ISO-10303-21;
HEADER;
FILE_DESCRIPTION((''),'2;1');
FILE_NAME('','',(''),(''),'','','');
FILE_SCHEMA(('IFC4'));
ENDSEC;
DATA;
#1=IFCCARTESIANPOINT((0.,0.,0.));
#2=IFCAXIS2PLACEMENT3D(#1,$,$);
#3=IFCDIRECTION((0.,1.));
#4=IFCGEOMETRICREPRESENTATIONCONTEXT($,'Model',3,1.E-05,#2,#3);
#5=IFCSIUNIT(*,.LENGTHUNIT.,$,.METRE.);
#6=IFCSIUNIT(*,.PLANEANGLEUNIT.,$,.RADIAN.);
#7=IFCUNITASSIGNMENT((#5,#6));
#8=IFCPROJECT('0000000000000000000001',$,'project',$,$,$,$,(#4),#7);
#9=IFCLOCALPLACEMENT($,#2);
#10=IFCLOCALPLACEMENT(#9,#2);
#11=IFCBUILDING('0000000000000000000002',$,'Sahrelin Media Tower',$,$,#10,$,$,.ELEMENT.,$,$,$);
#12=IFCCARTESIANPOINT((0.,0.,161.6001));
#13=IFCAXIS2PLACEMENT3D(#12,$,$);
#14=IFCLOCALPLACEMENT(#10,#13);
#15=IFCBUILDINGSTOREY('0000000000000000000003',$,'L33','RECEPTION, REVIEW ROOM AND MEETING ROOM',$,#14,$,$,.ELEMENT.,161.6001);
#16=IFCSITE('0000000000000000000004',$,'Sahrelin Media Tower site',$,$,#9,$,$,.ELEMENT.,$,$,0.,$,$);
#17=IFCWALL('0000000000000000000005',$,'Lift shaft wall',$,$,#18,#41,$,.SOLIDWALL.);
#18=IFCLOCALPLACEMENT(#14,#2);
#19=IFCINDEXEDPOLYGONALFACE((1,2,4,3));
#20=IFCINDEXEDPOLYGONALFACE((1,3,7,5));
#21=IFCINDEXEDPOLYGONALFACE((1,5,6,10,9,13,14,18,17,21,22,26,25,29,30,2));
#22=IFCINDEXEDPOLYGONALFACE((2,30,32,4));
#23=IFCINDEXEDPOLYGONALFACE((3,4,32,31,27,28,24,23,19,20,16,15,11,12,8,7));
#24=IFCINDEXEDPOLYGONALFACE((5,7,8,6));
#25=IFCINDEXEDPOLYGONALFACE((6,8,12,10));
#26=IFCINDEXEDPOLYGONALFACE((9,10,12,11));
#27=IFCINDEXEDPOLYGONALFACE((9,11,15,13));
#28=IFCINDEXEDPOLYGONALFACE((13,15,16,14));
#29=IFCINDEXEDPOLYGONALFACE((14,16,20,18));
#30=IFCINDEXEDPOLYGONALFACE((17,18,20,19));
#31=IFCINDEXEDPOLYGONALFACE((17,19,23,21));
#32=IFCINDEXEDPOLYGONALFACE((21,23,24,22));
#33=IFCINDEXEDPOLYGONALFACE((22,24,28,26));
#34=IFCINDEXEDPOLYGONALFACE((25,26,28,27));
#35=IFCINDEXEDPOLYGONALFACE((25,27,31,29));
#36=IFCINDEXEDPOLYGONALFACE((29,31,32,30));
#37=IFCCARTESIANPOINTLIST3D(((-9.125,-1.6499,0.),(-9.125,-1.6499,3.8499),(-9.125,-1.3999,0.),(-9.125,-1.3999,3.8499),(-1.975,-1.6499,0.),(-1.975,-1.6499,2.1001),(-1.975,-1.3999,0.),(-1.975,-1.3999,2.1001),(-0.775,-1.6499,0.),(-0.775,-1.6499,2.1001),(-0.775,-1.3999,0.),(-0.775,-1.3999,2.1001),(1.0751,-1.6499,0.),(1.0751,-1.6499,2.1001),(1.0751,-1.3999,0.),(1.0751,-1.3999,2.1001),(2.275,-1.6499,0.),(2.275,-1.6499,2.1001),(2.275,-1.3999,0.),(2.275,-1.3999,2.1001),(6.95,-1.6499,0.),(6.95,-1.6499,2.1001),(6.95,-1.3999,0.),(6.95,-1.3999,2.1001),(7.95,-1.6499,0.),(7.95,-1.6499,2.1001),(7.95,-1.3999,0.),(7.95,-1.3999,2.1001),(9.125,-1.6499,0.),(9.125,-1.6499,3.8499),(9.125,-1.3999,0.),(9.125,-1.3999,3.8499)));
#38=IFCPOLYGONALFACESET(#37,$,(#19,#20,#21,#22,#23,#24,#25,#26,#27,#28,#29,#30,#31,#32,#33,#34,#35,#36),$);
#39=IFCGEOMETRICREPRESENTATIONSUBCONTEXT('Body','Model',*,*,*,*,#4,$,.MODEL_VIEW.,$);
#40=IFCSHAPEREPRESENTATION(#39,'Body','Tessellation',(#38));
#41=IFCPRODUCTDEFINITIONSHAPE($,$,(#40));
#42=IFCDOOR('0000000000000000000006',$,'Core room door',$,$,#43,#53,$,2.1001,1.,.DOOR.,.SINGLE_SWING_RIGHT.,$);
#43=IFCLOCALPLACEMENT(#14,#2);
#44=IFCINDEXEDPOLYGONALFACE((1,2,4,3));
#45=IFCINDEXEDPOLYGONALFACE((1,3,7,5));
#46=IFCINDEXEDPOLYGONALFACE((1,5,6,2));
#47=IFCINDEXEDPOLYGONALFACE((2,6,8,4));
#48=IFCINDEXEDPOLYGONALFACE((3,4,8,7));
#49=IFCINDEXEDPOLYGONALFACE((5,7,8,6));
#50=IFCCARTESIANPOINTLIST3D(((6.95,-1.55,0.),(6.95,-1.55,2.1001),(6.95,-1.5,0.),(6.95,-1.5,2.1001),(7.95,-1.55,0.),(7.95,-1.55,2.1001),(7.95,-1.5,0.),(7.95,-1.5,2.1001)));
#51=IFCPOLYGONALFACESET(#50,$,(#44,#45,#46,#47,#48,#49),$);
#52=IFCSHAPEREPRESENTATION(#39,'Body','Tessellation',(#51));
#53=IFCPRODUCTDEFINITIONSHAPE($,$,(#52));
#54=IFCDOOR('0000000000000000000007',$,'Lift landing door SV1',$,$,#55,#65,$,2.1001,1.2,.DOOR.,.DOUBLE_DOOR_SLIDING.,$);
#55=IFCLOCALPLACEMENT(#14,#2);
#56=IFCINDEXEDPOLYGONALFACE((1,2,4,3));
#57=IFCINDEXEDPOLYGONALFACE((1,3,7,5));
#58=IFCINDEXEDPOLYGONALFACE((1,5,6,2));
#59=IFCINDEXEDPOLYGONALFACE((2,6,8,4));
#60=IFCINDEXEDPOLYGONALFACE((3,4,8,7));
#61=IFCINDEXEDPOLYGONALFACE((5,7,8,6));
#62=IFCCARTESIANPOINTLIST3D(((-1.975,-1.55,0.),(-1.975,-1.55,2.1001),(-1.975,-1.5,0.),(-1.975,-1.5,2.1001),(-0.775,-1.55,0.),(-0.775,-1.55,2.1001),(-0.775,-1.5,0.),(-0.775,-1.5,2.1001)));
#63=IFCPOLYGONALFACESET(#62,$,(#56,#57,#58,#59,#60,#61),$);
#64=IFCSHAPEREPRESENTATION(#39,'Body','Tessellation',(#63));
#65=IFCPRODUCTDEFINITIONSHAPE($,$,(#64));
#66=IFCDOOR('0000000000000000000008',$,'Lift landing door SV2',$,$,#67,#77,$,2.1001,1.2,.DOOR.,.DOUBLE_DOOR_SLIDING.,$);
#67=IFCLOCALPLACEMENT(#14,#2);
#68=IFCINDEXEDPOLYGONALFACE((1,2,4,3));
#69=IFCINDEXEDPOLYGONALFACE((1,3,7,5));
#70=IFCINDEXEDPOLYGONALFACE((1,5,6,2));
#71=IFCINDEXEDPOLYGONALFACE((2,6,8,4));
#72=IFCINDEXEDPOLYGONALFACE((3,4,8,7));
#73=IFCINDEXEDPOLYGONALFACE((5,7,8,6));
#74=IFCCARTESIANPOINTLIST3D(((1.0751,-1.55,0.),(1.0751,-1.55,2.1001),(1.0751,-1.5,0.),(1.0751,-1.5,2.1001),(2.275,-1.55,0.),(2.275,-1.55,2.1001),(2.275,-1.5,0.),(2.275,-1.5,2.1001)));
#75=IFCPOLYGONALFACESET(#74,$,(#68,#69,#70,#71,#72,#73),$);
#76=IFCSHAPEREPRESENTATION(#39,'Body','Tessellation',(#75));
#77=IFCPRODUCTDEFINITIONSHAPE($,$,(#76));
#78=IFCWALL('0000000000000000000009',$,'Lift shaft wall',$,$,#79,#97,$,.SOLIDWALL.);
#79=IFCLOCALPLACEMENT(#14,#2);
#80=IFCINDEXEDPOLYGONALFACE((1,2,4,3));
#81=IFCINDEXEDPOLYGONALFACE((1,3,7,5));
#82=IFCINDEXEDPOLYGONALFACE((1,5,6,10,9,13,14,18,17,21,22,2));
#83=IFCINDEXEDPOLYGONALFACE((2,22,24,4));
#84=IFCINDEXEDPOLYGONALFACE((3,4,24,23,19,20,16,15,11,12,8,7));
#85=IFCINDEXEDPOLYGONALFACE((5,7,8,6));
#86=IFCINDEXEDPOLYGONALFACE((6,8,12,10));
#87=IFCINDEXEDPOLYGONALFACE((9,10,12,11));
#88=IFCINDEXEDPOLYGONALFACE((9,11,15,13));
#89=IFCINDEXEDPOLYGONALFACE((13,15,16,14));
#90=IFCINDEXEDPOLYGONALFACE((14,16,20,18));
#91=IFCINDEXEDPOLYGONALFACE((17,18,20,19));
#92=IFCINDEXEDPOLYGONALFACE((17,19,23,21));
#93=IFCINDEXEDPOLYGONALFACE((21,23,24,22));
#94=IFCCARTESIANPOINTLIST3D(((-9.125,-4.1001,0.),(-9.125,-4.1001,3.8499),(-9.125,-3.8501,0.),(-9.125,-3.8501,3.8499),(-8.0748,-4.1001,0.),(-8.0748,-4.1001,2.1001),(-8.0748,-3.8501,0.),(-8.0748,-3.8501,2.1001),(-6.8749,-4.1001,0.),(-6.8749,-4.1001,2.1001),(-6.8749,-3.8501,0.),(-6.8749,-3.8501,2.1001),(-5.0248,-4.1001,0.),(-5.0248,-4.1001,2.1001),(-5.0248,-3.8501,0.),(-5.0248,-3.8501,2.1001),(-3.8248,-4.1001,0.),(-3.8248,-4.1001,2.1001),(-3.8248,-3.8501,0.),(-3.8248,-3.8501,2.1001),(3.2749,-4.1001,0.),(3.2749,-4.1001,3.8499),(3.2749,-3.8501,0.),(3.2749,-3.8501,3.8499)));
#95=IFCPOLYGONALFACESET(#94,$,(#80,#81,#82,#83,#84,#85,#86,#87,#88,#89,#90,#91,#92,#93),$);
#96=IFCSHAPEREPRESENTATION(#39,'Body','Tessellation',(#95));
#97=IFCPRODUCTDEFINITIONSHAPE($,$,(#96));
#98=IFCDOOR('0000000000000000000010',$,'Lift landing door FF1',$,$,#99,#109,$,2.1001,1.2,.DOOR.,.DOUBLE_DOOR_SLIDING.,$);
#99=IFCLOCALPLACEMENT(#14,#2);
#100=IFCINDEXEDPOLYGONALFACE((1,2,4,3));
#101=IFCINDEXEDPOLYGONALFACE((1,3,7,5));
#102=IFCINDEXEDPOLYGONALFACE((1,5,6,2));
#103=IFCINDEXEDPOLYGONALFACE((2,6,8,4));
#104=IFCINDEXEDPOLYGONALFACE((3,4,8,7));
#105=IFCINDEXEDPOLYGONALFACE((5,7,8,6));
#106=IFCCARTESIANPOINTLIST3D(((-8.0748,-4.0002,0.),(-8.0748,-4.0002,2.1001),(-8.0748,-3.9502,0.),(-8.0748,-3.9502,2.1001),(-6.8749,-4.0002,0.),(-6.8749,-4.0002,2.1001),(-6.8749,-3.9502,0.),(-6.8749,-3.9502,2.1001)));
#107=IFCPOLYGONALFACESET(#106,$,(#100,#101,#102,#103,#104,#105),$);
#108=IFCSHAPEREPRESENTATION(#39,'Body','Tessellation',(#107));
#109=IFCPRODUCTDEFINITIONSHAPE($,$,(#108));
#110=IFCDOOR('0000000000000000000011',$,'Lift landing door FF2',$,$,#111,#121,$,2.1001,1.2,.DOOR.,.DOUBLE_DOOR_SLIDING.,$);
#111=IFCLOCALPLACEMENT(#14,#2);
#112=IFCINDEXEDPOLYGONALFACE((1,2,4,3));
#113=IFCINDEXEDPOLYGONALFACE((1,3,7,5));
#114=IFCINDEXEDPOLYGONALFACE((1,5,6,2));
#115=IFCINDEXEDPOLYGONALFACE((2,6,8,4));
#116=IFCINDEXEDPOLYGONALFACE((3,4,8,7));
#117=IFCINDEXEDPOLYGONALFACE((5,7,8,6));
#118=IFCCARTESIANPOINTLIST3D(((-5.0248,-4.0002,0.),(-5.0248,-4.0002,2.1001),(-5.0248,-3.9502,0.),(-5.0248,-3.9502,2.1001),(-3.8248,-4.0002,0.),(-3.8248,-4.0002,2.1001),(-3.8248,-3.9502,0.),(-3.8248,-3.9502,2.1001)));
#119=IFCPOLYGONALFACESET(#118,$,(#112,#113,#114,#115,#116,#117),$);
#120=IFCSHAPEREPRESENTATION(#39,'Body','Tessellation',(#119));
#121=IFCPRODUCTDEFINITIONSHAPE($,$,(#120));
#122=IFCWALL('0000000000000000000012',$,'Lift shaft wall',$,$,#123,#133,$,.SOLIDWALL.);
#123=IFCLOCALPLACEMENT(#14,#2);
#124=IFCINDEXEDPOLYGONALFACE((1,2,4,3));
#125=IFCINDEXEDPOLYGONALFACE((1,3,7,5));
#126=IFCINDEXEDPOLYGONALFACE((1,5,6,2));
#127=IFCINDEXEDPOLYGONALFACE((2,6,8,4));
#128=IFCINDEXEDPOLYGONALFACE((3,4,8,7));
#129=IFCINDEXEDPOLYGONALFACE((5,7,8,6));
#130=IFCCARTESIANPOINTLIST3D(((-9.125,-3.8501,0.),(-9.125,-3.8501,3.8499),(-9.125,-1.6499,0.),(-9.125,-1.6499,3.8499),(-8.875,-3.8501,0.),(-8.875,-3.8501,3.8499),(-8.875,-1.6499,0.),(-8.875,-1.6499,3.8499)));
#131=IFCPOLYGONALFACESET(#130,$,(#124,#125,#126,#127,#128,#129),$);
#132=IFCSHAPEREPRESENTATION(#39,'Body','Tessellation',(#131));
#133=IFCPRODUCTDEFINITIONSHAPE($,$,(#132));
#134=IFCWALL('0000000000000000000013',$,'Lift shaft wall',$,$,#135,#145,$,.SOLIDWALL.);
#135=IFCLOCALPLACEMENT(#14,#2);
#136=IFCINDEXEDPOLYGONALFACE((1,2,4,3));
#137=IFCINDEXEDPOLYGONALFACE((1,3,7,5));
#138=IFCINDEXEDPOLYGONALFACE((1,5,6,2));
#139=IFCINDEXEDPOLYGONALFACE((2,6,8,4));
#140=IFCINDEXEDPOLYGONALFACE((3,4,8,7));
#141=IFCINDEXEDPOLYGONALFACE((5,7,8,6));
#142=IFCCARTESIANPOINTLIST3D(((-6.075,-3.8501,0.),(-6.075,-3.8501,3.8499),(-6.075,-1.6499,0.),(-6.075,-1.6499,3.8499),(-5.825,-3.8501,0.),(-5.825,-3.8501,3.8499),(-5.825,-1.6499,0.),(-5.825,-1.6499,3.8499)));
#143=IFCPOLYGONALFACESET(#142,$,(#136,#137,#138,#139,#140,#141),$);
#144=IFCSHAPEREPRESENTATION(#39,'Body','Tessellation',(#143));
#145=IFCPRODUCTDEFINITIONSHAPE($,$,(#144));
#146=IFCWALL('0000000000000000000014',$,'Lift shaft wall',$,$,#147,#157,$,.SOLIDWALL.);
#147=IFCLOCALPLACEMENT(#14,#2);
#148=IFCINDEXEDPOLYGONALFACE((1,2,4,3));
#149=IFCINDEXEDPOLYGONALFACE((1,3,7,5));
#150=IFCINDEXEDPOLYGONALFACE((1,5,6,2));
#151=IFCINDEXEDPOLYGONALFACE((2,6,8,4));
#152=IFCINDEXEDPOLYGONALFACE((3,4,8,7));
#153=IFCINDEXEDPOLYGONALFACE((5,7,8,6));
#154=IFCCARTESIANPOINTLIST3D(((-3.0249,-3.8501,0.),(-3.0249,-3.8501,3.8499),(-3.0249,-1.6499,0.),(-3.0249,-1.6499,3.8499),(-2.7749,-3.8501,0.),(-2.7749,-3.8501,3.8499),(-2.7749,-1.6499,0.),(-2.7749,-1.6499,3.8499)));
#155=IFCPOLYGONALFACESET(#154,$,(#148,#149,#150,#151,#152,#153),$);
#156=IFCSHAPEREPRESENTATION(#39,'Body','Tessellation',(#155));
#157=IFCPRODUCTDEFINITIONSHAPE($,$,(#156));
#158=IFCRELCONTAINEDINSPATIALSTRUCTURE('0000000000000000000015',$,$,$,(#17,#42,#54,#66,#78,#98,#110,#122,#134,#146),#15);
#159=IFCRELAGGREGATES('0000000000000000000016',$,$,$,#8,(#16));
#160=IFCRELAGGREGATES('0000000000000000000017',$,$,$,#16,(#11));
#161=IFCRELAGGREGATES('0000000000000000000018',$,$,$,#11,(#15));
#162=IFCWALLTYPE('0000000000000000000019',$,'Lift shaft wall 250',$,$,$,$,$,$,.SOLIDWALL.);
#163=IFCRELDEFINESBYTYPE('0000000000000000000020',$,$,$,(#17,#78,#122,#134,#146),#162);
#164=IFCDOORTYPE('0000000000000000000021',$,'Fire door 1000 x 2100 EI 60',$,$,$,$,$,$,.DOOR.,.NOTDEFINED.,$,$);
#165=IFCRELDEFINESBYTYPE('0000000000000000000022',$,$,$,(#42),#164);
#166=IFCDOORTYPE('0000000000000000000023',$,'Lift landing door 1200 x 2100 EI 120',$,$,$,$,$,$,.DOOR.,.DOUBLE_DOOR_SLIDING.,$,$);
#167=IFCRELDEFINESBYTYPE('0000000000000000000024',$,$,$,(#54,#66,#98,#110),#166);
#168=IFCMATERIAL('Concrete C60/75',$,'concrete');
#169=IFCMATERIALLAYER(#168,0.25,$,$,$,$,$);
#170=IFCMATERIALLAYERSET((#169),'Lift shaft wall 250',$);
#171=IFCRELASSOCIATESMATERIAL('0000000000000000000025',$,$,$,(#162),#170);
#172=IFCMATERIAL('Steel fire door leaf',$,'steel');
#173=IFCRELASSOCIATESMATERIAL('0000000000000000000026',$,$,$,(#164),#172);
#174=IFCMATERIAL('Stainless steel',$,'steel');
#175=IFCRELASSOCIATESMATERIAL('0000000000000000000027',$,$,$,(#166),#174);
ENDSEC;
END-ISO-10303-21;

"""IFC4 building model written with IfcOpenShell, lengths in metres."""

from ifc_helpers import new_model, si_unit, direction, frame, frame_2d, origin, place, context, subcontext, project, spatial, rectangle, extrude, material, layer, layer_set, type_object, element, fill, save


model = new_model("IFC4")

# Units and contexts
model_context = context("Model", 3, precision=1e-05, world=origin(), true_north=direction((0.0, 1.0)))
body_context = subcontext(model_context, "Body", "Model", "MODEL_VIEW")
ifc_project = project(units=[si_unit("LENGTHUNIT", "METRE"), si_unit("PLANEANGLEUNIT", "RADIAN")], contexts=[model_context])

# Site, building, storey
site_placement = place(None, origin())
site = spatial("IfcSite", under=ifc_project, at=site_placement, Name="Sahrelin Media Tower site", CompositionType="ELEMENT", RefElevation=0.0)
building_placement = place(site_placement, origin())
building = spatial("IfcBuilding", under=site, at=building_placement, Name="Sahrelin Media Tower", CompositionType="ELEMENT")
storey_placement = place(building_placement, frame((0.0, 0.0, 161.6001)))
storey = spatial("IfcBuildingStorey", under=building, at=storey_placement, Name="L33", Description="RECEPTION, REVIEW ROOM AND MEETING ROOM", CompositionType="ELEMENT", Elevation=161.6001)

# Shared definitions
ifc_material_1 = material(Name="Steel fire door leaf", Category="steel")

# Walls, openings, doors
ifc_material_2 = material(Name="Concrete C60/75", Category="concrete")
ifc_layer_1 = layer(ifc_material_2, 0.25)
ifc_layer_set_1 = layer_set([ifc_layer_1], Name="Lift shaft wall 250")
wall_type_1 = type_object("IfcWallType", Name="Lift shaft wall 250", PredefinedType="SOLIDWALL", material=ifc_layer_set_1)
wall_1_placement = place(storey_placement, frame((-9.125, -1.5249, 0.0), z_axis=(0.0, 0.0, 1.0), x_axis=(1.0, 0.0, 0.0)))
wall_1 = element("IfcWall", 1, at=wall_1_placement, inside=storey, type_object=wall_type_1, Name="Lift shaft wall", PredefinedType="SOLIDWALL", context=body_context, shape_type="SweptSolid", body=[
    extrude(rectangle(XDim=18.25, YDim=0.25, at=frame_2d((9.125, 0.0))), origin(), (0.0, 0.0, 1.0), 3.8499),
])
opening_1_placement = place(wall_1_placement, frame((7.1499, 0.0, 0.0)))
opening_1 = element("IfcOpeningElement", 2, at=opening_1_placement, cuts=wall_1, PredefinedType="OPENING", context=body_context, shape_type="SweptSolid", body=[
    extrude(rectangle(XDim=1.2, YDim=2.1001, at=frame_2d((0.6001, 1.05))), frame((0.0, 0.125, 0.0), z_axis=(0.0, -1.0, 0.0), x_axis=(1.0, 0.0, 0.0)), (0.0, 0.0, 1.0), 0.25),
])
opening_2_placement = place(wall_1_placement, frame((10.2, 0.0, 0.0)))
opening_2 = element("IfcOpeningElement", 3, at=opening_2_placement, cuts=wall_1, PredefinedType="OPENING", context=body_context, shape_type="SweptSolid", body=[
    extrude(rectangle(XDim=1.2, YDim=2.1001, at=frame_2d((0.6001, 1.05))), frame((0.0, 0.125, 0.0), z_axis=(0.0, -1.0, 0.0), x_axis=(1.0, 0.0, 0.0)), (0.0, 0.0, 1.0), 0.25),
])
opening_3_placement = place(wall_1_placement, frame((16.075, 0.0, 0.0)))
opening_3 = element("IfcOpeningElement", 4, at=opening_3_placement, cuts=wall_1, PredefinedType="OPENING", context=body_context, shape_type="SweptSolid", body=[
    extrude(rectangle(XDim=1.0, YDim=2.1001, at=frame_2d((0.5, 1.05))), frame((0.0, 0.125, 0.0), z_axis=(0.0, -1.0, 0.0), x_axis=(1.0, 0.0, 0.0)), (0.0, 0.0, 1.0), 0.25),
])
door_type_1 = type_object("IfcDoorType", Name="Fire door 1000 x 2100 EI 60", OperationType="NOTDEFINED", PredefinedType="DOOR", material=ifc_material_1)
door_1_placement = place(opening_3_placement, origin())
door_1 = element("IfcDoor", 5, at=door_1_placement, inside=storey, type_object=door_type_1, Name="Core room door", OperationType="SINGLE_SWING_RIGHT", OverallHeight=2.1001, OverallWidth=1.0, PredefinedType="DOOR", context=body_context, shape_type="SweptSolid", body=[
    extrude(rectangle(XDim=1.0, YDim=2.1001, at=frame_2d((0.5, 1.05))), frame((0.0, 0.0249, 0.0), z_axis=(0.0, -1.0, 0.0), x_axis=(1.0, 0.0, 0.0)), (0.0, 0.0, 1.0), 0.05),
])
fill(opening_3, door_1)
ifc_material_3 = material(Name="Stainless steel", Category="steel")
door_type_2 = type_object("IfcDoorType", Name="Lift landing door 1200 x 2100 EI 120", OperationType="DOUBLE_DOOR_SLIDING", PredefinedType="DOOR", material=ifc_material_3)
door_2_placement = place(opening_1_placement, origin())
door_2 = element("IfcDoor", 6, at=door_2_placement, inside=storey, type_object=door_type_2, Name="Lift landing door SV1", OperationType="DOUBLE_DOOR_SLIDING", OverallHeight=2.1001, OverallWidth=1.2, PredefinedType="DOOR", context=body_context, shape_type="SweptSolid", body=[
    extrude(rectangle(XDim=1.2, YDim=2.1001, at=frame_2d((0.6001, 1.05))), frame((0.0, 0.0249, 0.0), z_axis=(0.0, -1.0, 0.0), x_axis=(1.0, 0.0, 0.0)), (0.0, 0.0, 1.0), 0.05),
])
fill(opening_1, door_2)
door_3_placement = place(opening_2_placement, origin())
door_3 = element("IfcDoor", 7, at=door_3_placement, inside=storey, type_object=door_type_2, Name="Lift landing door SV2", OperationType="DOUBLE_DOOR_SLIDING", OverallHeight=2.1001, OverallWidth=1.2, PredefinedType="DOOR", context=body_context, shape_type="SweptSolid", body=[
    extrude(rectangle(XDim=1.2, YDim=2.1001, at=frame_2d((0.6001, 1.05))), frame((0.0, 0.0249, 0.0), z_axis=(0.0, -1.0, 0.0), x_axis=(1.0, 0.0, 0.0)), (0.0, 0.0, 1.0), 0.05),
])
fill(opening_2, door_3)
wall_2_placement = place(storey_placement, frame((-9.125, -3.9751, 0.0), z_axis=(0.0, 0.0, 1.0), x_axis=(1.0, 0.0, 0.0)))
wall_2 = element("IfcWall", 8, at=wall_2_placement, inside=storey, type_object=wall_type_1, Name="Lift shaft wall", PredefinedType="SOLIDWALL", context=body_context, shape_type="SweptSolid", body=[
    extrude(rectangle(XDim=12.3999, YDim=0.25, at=frame_2d((6.2, 0.0))), origin(), (0.0, 0.0, 1.0), 3.8499),
])
opening_4_placement = place(wall_2_placement, frame((1.05, 0.0, 0.0)))
opening_4 = element("IfcOpeningElement", 9, at=opening_4_placement, cuts=wall_2, PredefinedType="OPENING", context=body_context, shape_type="SweptSolid", body=[
    extrude(rectangle(XDim=1.2, YDim=2.1001, at=frame_2d((0.6001, 1.05))), frame((0.0, 0.125, 0.0), z_axis=(0.0, -1.0, 0.0), x_axis=(1.0, 0.0, 0.0)), (0.0, 0.0, 1.0), 0.25),
])
opening_5_placement = place(wall_2_placement, frame((4.1001, 0.0, 0.0)))
opening_5 = element("IfcOpeningElement", 10, at=opening_5_placement, cuts=wall_2, PredefinedType="OPENING", context=body_context, shape_type="SweptSolid", body=[
    extrude(rectangle(XDim=1.2, YDim=2.1001, at=frame_2d((0.6001, 1.05))), frame((0.0, 0.125, 0.0), z_axis=(0.0, -1.0, 0.0), x_axis=(1.0, 0.0, 0.0)), (0.0, 0.0, 1.0), 0.25),
])
door_4_placement = place(opening_4_placement, origin())
door_4 = element("IfcDoor", 11, at=door_4_placement, inside=storey, type_object=door_type_2, Name="Lift landing door FF1", OperationType="DOUBLE_DOOR_SLIDING", OverallHeight=2.1001, OverallWidth=1.2, PredefinedType="DOOR", context=body_context, shape_type="SweptSolid", body=[
    extrude(rectangle(XDim=1.2, YDim=2.1001, at=frame_2d((0.6001, 1.05))), frame((0.0, 0.0249, 0.0), z_axis=(0.0, -1.0, 0.0), x_axis=(1.0, 0.0, 0.0)), (0.0, 0.0, 1.0), 0.05),
])
fill(opening_4, door_4)
door_5_placement = place(opening_5_placement, origin())
door_5 = element("IfcDoor", 12, at=door_5_placement, inside=storey, type_object=door_type_2, Name="Lift landing door FF2", OperationType="DOUBLE_DOOR_SLIDING", OverallHeight=2.1001, OverallWidth=1.2, PredefinedType="DOOR", context=body_context, shape_type="SweptSolid", body=[
    extrude(rectangle(XDim=1.2, YDim=2.1001, at=frame_2d((0.6001, 1.05))), frame((0.0, 0.0249, 0.0), z_axis=(0.0, -1.0, 0.0), x_axis=(1.0, 0.0, 0.0)), (0.0, 0.0, 1.0), 0.05),
])
fill(opening_5, door_5)

# Walls
for number, where, z_axis, x_axis, name in (
    (13, (-9.0, -3.8501, 0.0), (0.0, 0.0, 1.0), (0.0, 1.0, 0.0), "Lift shaft wall"),
    (14, (-5.95, -3.8501, 0.0), (0.0, 0.0, 1.0), (0.0, 1.0, 0.0), "Lift shaft wall"),
    (15, (-2.8999, -3.8501, 0.0), (0.0, 0.0, 1.0), (0.0, 1.0, 0.0), "Lift shaft wall"),
):
    element("IfcWall", number, at=place(storey_placement, frame(where, z_axis=z_axis, x_axis=x_axis)), inside=storey, type_object=wall_type_1, Name=name, PredefinedType="SOLIDWALL", context=body_context, shape_type="SweptSolid", body=[
        extrude(rectangle(XDim=2.2002, YDim=0.25, at=frame_2d((1.1001, 0.0))), origin(), (0.0, 0.0, 1.0), 3.8499),
    ])

save(model, "model.ifc")
